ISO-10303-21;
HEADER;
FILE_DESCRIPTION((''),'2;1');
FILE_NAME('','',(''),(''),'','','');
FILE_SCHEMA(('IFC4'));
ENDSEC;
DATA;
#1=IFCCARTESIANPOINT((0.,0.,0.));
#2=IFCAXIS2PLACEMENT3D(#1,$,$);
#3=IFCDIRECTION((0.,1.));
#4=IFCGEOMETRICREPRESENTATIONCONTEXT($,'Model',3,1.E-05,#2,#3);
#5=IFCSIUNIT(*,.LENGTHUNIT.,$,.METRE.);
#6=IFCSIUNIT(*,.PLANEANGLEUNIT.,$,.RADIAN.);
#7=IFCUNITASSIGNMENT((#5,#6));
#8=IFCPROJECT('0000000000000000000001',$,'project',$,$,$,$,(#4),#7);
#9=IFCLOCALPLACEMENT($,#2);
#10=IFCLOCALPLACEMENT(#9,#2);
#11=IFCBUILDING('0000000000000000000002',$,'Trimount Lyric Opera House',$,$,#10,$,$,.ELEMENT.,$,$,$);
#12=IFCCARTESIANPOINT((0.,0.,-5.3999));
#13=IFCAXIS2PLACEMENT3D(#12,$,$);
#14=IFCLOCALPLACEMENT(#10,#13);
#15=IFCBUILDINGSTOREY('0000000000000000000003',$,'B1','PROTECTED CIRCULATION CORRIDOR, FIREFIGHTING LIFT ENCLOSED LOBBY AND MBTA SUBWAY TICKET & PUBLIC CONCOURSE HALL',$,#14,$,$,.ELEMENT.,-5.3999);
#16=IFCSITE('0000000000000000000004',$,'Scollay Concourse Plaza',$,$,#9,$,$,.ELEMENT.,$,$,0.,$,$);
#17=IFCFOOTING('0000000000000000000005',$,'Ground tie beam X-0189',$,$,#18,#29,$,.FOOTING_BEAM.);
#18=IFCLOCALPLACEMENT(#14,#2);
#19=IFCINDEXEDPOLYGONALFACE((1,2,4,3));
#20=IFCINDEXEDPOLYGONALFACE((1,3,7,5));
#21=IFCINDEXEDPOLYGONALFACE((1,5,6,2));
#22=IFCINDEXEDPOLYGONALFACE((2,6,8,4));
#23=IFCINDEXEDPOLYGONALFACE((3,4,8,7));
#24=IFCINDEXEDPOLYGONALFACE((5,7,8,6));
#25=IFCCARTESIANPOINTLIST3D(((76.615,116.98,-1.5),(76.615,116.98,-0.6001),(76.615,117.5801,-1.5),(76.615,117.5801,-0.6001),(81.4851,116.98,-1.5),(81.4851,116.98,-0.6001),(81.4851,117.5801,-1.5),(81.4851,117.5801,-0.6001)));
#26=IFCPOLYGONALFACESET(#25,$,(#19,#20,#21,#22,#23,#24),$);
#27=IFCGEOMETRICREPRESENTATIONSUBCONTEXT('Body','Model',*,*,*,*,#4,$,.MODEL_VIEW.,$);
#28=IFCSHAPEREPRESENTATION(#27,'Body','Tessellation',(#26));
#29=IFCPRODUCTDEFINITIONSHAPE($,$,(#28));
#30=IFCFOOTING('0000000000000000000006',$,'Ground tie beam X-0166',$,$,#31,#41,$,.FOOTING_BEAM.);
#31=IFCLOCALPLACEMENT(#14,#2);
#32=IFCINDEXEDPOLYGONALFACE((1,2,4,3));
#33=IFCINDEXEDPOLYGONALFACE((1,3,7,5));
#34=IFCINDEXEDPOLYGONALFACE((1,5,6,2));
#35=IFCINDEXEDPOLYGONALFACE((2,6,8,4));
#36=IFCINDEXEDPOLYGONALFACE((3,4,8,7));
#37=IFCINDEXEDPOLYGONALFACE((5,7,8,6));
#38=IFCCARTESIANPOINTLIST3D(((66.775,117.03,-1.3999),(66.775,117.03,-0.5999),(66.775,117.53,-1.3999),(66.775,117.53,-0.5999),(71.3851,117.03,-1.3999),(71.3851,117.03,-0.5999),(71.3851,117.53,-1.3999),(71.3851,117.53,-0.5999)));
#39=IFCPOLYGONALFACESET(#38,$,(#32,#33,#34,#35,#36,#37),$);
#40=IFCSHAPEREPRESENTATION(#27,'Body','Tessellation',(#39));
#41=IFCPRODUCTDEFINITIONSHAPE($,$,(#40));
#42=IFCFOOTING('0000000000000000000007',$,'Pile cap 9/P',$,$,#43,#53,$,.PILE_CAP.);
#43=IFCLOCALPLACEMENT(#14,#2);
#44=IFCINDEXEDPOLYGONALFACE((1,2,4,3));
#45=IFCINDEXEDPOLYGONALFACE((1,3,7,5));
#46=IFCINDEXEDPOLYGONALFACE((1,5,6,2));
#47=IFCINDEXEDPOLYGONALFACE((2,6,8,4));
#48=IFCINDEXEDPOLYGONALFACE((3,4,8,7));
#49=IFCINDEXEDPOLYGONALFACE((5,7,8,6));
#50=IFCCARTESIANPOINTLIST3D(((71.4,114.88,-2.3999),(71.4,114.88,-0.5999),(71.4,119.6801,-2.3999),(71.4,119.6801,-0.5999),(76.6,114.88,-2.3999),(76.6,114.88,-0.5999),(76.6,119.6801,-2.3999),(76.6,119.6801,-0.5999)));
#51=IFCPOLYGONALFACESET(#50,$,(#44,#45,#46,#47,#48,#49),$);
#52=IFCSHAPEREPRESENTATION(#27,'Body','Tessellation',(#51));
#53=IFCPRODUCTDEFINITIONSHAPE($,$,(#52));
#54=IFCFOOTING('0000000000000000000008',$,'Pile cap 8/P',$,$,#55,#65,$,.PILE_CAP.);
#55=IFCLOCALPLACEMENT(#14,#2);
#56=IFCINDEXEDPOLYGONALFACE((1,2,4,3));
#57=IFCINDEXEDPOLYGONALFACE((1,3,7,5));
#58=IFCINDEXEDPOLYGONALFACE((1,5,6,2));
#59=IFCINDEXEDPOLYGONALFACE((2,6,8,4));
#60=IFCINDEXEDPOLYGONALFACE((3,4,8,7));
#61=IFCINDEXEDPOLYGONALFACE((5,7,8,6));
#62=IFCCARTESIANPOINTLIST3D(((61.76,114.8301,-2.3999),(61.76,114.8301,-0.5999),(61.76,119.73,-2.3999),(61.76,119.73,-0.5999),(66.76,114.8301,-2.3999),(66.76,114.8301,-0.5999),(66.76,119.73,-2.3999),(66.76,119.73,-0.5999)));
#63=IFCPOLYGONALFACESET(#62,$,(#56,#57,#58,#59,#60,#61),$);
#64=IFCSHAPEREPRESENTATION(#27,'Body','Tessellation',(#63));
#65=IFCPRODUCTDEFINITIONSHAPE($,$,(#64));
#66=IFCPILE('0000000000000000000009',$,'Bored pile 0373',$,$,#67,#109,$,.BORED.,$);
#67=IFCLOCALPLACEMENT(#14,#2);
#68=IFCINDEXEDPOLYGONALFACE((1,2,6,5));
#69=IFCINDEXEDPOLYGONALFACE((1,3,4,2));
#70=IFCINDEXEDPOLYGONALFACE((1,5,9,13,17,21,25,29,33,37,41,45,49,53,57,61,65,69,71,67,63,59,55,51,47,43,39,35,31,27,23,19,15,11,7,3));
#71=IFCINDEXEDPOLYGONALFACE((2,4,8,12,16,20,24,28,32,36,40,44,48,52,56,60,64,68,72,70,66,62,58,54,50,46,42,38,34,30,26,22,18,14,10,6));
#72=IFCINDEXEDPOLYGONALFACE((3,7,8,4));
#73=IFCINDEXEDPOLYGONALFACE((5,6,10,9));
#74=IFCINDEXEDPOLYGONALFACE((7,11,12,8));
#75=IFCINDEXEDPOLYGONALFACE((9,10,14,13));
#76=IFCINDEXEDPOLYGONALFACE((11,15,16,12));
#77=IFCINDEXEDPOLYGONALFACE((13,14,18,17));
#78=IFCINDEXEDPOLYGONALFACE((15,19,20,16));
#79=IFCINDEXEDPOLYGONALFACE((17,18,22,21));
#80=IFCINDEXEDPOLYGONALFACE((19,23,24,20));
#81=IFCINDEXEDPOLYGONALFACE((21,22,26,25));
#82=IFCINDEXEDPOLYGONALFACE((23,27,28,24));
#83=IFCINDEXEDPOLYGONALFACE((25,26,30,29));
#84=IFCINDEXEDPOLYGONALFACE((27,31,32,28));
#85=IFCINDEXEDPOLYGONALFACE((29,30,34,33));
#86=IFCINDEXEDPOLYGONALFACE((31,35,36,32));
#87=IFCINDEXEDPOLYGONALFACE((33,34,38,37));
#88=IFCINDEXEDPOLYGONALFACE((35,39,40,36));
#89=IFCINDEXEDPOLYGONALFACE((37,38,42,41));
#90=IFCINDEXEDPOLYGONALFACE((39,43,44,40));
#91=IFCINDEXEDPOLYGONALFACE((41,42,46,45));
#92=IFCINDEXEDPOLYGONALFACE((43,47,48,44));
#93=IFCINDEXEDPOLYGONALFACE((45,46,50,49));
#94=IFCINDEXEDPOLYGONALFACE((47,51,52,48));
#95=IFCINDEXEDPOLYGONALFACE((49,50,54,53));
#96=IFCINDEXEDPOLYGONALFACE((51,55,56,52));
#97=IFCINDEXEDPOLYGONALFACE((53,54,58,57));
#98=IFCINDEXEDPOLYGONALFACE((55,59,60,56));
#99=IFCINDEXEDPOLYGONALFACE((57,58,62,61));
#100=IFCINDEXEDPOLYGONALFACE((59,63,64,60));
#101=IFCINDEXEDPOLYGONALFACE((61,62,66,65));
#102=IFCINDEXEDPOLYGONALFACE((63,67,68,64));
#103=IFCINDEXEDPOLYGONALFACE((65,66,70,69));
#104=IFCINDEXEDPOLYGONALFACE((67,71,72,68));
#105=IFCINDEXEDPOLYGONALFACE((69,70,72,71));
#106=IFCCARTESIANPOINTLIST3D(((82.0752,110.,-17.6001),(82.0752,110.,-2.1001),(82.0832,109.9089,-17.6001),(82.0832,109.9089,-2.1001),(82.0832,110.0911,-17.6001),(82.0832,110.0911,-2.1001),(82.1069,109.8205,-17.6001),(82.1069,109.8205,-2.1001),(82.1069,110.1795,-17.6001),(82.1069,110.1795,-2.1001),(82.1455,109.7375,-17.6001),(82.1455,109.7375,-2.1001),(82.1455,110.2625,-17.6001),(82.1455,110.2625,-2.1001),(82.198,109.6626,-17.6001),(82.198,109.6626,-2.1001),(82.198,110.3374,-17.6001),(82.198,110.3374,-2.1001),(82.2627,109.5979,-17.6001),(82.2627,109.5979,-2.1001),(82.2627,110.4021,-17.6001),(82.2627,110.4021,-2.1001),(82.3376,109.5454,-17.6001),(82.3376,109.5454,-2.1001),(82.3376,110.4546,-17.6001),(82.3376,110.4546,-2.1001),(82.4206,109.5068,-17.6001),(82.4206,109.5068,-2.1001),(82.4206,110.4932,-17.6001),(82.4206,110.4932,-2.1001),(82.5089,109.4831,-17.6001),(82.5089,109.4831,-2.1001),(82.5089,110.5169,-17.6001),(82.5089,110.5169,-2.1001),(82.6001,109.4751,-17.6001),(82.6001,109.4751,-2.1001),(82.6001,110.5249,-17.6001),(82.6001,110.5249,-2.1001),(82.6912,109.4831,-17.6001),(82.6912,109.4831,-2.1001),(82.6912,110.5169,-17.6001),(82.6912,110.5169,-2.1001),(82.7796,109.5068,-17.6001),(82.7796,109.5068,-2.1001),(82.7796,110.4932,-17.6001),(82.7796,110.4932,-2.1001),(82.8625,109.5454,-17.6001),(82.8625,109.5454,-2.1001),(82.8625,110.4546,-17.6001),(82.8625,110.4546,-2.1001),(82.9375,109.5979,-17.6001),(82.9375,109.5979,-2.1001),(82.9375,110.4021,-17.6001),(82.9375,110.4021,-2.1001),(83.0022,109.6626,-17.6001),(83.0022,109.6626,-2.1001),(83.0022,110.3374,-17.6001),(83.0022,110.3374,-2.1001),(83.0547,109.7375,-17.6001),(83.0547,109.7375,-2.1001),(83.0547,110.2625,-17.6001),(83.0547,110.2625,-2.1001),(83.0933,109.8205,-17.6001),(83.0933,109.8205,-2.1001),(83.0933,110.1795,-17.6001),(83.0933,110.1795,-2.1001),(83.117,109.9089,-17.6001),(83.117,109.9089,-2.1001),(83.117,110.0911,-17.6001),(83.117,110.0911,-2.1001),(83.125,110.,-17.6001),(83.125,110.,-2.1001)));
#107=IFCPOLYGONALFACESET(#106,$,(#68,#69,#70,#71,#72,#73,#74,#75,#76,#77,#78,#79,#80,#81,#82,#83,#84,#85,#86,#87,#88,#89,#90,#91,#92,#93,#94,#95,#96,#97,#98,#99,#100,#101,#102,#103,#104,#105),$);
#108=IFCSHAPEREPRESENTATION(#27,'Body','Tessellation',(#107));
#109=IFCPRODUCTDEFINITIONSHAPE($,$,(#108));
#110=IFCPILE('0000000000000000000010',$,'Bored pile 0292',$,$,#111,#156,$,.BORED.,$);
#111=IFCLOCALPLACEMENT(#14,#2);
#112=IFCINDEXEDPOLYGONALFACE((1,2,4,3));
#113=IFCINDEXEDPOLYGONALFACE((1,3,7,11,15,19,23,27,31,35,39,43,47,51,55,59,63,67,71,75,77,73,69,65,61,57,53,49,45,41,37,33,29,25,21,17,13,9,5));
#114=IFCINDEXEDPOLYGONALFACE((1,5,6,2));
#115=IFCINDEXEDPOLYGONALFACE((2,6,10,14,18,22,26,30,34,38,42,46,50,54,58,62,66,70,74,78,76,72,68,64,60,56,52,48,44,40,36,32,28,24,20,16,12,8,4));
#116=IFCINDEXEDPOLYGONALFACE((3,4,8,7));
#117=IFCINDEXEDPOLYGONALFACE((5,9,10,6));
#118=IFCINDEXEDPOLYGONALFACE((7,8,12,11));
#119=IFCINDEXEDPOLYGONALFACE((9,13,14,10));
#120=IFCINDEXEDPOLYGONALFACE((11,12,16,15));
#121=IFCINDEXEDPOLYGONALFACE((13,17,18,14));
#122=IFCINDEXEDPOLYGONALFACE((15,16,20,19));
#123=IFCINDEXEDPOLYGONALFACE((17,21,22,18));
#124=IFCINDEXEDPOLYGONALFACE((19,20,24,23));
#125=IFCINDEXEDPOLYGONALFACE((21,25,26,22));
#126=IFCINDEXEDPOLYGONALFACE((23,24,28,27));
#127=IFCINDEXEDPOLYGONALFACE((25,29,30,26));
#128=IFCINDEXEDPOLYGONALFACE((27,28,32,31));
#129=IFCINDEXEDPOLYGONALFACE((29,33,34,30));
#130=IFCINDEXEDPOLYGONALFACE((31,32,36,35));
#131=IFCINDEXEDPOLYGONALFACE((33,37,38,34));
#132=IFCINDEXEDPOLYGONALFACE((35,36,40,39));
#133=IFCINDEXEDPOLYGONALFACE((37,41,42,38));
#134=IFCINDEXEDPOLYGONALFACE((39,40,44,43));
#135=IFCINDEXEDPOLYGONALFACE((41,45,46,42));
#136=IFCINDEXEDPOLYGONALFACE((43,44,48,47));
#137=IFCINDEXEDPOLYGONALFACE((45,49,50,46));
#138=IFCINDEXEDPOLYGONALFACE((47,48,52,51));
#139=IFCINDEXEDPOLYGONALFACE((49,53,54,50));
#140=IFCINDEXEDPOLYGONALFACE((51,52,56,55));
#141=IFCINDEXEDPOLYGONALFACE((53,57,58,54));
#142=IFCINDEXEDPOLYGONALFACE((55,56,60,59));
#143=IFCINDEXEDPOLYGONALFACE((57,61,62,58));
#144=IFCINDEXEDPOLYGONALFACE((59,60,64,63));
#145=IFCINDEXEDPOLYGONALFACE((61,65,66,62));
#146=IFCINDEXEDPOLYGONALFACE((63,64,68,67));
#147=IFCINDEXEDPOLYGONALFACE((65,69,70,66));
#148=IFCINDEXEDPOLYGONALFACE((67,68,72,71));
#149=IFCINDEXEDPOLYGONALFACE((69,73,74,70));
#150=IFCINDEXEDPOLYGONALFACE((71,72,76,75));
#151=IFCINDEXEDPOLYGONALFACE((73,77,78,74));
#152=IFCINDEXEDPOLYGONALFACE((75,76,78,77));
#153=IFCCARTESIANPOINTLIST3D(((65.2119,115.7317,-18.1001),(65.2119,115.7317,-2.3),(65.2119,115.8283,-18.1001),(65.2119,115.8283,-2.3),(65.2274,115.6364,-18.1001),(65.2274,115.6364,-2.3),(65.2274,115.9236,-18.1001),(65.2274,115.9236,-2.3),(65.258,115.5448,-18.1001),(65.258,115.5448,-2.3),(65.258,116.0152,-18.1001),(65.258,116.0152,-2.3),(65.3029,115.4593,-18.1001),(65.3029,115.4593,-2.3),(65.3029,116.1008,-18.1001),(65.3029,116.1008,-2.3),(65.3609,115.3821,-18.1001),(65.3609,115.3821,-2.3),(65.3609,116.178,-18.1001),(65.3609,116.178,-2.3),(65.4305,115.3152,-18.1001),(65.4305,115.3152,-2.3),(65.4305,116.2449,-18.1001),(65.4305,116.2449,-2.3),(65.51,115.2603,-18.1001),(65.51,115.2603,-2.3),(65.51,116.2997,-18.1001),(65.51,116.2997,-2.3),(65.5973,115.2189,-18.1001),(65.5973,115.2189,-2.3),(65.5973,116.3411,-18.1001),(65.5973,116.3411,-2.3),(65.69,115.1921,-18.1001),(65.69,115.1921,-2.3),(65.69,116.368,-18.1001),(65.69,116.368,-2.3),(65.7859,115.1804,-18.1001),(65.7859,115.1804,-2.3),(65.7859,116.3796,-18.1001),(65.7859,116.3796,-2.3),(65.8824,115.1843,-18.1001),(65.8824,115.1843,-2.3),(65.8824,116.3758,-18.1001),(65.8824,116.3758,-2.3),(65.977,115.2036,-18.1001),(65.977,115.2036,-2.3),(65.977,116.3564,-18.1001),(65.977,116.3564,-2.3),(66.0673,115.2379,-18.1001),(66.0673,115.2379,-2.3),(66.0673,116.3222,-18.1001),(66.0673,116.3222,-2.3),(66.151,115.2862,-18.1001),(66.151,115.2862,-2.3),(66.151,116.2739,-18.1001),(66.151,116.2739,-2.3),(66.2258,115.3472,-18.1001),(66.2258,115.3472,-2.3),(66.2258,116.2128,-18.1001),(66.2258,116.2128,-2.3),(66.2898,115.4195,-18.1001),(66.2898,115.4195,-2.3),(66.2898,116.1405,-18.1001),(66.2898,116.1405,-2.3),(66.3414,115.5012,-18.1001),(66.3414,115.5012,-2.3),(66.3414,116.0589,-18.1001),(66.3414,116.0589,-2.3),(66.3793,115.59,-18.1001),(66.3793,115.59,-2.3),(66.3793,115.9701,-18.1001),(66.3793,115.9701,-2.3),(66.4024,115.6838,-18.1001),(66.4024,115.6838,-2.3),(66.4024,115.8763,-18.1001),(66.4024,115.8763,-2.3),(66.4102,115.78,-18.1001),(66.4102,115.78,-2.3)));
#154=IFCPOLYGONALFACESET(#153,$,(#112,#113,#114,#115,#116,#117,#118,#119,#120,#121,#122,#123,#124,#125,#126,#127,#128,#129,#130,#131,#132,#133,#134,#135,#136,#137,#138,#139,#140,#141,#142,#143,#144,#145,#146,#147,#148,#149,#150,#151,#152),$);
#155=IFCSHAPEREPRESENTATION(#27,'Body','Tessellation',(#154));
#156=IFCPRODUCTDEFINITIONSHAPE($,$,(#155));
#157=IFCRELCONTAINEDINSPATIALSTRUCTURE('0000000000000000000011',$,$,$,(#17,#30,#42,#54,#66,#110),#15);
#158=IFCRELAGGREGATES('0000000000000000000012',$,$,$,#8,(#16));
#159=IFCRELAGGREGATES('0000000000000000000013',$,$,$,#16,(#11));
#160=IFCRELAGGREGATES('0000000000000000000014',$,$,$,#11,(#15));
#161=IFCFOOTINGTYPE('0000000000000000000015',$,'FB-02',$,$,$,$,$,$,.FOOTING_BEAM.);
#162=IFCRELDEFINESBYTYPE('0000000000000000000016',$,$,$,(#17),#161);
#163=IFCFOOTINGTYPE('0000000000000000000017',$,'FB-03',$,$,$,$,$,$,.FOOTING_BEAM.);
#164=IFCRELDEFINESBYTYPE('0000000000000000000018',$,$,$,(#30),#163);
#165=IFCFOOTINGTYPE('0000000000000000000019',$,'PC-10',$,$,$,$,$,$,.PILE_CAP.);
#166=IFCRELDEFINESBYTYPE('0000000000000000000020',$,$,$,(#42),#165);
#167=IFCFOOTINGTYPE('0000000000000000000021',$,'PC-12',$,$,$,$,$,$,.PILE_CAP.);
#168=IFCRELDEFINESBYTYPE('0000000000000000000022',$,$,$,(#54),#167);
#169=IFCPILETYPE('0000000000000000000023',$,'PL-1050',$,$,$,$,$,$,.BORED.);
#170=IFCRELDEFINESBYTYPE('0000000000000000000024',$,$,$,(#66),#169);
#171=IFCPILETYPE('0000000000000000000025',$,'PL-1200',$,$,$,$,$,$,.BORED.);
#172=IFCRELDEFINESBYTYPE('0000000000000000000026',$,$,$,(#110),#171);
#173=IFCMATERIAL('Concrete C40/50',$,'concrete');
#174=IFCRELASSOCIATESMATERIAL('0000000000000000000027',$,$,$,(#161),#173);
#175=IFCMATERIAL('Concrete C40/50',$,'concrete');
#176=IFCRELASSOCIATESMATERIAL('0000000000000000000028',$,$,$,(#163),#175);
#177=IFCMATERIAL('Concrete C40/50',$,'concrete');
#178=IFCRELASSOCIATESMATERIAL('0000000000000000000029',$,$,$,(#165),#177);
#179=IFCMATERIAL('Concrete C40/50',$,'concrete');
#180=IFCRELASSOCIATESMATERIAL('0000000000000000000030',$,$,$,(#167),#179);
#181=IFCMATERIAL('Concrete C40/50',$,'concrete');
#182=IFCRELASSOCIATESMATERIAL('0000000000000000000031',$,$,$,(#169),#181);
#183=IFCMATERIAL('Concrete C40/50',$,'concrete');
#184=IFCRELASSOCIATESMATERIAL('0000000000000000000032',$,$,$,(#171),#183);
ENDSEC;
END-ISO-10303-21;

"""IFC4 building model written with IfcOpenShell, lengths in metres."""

from ifc_helpers import new_model, si_unit, direction, frame, origin, origin_2d, place, context, subcontext, project, spatial, rectangle, circle, extrude, material, material_profile, profile_set, type_object, element, save


model = new_model("IFC4")

# Units and contexts
model_context = context("Model", 3, precision=1e-05, world=origin(), true_north=direction((0.0, 1.0)))
body_context = subcontext(model_context, "Body", "Model", "MODEL_VIEW")
ifc_project = project(units=[si_unit("LENGTHUNIT", "METRE"), si_unit("PLANEANGLEUNIT", "RADIAN")], contexts=[model_context])

# Site, building, storey
site_placement = place(None, origin())
site = spatial("IfcSite", under=ifc_project, at=site_placement, Name="Scollay Concourse Plaza", CompositionType="ELEMENT", RefElevation=0.0)
building_placement = place(site_placement, origin())
building = spatial("IfcBuilding", under=site, at=building_placement, Name="Trimount Lyric Opera House", CompositionType="ELEMENT")
storey_placement = place(building_placement, frame((0.0, 0.0, -5.3999)))
storey = spatial("IfcBuildingStorey", under=building, at=storey_placement, Name="B1", Description="PROTECTED CIRCULATION CORRIDOR, FIREFIGHTING LIFT ENCLOSED LOBBY AND MBTA SUBWAY TICKET & PUBLIC CONCOURSE HALL", CompositionType="ELEMENT", Elevation=-5.3999)

# Footings
ifc_material_1 = material(Name="Concrete C40/50", Category="concrete")
footing_type_1 = type_object("IfcFootingType", Name="FB-02", PredefinedType="FOOTING_BEAM", material=ifc_material_1)
footing_1_placement = place(storey_placement, frame((79.05, 117.28, -1.5), z_axis=(0.0, 0.0, 1.0), x_axis=(1.0, 0.0, 0.0)))
element("IfcFooting", 1, at=footing_1_placement, inside=storey, type_object=footing_type_1, Name="Ground tie beam X-0189", PredefinedType="FOOTING_BEAM", context=body_context, shape_type="SweptSolid", body=[
    extrude(rectangle(XDim=4.8701, YDim=0.6001, at=origin_2d()), origin(), (0.0, 0.0, 1.0), 0.8999),
])
ifc_material_2 = material(Name="Concrete C40/50", Category="concrete")
footing_type_2 = type_object("IfcFootingType", Name="FB-03", PredefinedType="FOOTING_BEAM", material=ifc_material_2)
footing_2_placement = place(storey_placement, frame((69.0801, 117.28, -1.3999), z_axis=(0.0, 0.0, 1.0), x_axis=(1.0, 0.0, 0.0)))
element("IfcFooting", 2, at=footing_2_placement, inside=storey, type_object=footing_type_2, Name="Ground tie beam X-0166", PredefinedType="FOOTING_BEAM", context=body_context, shape_type="SweptSolid", body=[
    extrude(rectangle(XDim=4.6101, YDim=0.5, at=origin_2d()), origin(), (0.0, 0.0, 1.0), 0.8),
])
ifc_material_3 = material(Name="Concrete C40/50", Category="concrete")
footing_type_3 = type_object("IfcFootingType", Name="PC-10", PredefinedType="PILE_CAP", material=ifc_material_3)
footing_3_placement = place(storey_placement, frame((74.0, 117.28, -2.3999), z_axis=(0.0, 0.0, 1.0), x_axis=(1.0, 0.0, 0.0)))
element("IfcFooting", 3, at=footing_3_placement, inside=storey, type_object=footing_type_3, Name="Pile cap 9/P", PredefinedType="PILE_CAP", context=body_context, shape_type="SweptSolid", body=[
    extrude(rectangle(XDim=5.2, YDim=4.8, at=origin_2d()), origin(), (0.0, 0.0, 1.0), 1.8),
])
ifc_material_4 = material(Name="Concrete C40/50", Category="concrete")
footing_type_4 = type_object("IfcFootingType", Name="PC-12", PredefinedType="PILE_CAP", material=ifc_material_4)
footing_4_placement = place(storey_placement, frame((64.26, 117.28, -2.3999), z_axis=(0.0, 0.0, 1.0), x_axis=(1.0, 0.0, 0.0)))
element("IfcFooting", 4, at=footing_4_placement, inside=storey, type_object=footing_type_4, Name="Pile cap 8/P", PredefinedType="PILE_CAP", context=body_context, shape_type="SweptSolid", body=[
    extrude(rectangle(XDim=5.0, YDim=4.8999, at=origin_2d()), origin(), (0.0, 0.0, 1.0), 1.8),
])

# Piles
ifc_material_5 = material(Name="Concrete C40/50", Category="concrete")
ifc_material_profile_1 = material_profile(ifc_material_5, circle(Radius=0.5249, at=origin_2d()), Name="PILE-D1050")
ifc_profile_set_1 = profile_set([ifc_material_profile_1], Name="Concrete C40/50")
pile_type_1 = type_object("IfcPileType", Name="PL-1050", PredefinedType="BORED", material=ifc_profile_set_1)
pile_placement = place(storey_placement, frame((82.6001, 110.0, -2.1001), z_axis=(0.0, 0.0, -1.0), x_axis=(1.0, 0.0, 0.0)))
element("IfcPile", 5, at=pile_placement, inside=storey, type_object=pile_type_1, Name="Bored pile 0373", PredefinedType="BORED", context=body_context, shape_type="SweptSolid", body=[
    extrude(circle(Radius=0.5249, at=origin_2d()), origin(), (0.0, 0.0, 1.0), 15.5),
])
ifc_material_6 = material(Name="Concrete C40/50", Category="concrete")
ifc_material_profile_2 = material_profile(ifc_material_6, circle(Radius=0.6001, at=origin_2d()), Name="PILE-D1200")
ifc_profile_set_2 = profile_set([ifc_material_profile_2], Name="Concrete C40/50")
pile_type_2 = type_object("IfcPileType", Name="PL-1200", PredefinedType="BORED", material=ifc_profile_set_2)
for number, where, z_axis, x_axis, name in (
    (6, (65.8101, 115.78, -2.3), (0.0, 0.0, -1.0), (1.0, 0.0, 0.0), "Bored pile 0292"),
):
    element("IfcPile", number, at=place(storey_placement, frame(where, z_axis=z_axis, x_axis=x_axis)), inside=storey, type_object=pile_type_2, Name=name, PredefinedType="BORED", context=body_context, shape_type="SweptSolid", body=[
        extrude(circle(Radius=0.6001, at=origin_2d()), origin(), (0.0, 0.0, 1.0), 15.8),
    ])

save(model, "model.ifc")
